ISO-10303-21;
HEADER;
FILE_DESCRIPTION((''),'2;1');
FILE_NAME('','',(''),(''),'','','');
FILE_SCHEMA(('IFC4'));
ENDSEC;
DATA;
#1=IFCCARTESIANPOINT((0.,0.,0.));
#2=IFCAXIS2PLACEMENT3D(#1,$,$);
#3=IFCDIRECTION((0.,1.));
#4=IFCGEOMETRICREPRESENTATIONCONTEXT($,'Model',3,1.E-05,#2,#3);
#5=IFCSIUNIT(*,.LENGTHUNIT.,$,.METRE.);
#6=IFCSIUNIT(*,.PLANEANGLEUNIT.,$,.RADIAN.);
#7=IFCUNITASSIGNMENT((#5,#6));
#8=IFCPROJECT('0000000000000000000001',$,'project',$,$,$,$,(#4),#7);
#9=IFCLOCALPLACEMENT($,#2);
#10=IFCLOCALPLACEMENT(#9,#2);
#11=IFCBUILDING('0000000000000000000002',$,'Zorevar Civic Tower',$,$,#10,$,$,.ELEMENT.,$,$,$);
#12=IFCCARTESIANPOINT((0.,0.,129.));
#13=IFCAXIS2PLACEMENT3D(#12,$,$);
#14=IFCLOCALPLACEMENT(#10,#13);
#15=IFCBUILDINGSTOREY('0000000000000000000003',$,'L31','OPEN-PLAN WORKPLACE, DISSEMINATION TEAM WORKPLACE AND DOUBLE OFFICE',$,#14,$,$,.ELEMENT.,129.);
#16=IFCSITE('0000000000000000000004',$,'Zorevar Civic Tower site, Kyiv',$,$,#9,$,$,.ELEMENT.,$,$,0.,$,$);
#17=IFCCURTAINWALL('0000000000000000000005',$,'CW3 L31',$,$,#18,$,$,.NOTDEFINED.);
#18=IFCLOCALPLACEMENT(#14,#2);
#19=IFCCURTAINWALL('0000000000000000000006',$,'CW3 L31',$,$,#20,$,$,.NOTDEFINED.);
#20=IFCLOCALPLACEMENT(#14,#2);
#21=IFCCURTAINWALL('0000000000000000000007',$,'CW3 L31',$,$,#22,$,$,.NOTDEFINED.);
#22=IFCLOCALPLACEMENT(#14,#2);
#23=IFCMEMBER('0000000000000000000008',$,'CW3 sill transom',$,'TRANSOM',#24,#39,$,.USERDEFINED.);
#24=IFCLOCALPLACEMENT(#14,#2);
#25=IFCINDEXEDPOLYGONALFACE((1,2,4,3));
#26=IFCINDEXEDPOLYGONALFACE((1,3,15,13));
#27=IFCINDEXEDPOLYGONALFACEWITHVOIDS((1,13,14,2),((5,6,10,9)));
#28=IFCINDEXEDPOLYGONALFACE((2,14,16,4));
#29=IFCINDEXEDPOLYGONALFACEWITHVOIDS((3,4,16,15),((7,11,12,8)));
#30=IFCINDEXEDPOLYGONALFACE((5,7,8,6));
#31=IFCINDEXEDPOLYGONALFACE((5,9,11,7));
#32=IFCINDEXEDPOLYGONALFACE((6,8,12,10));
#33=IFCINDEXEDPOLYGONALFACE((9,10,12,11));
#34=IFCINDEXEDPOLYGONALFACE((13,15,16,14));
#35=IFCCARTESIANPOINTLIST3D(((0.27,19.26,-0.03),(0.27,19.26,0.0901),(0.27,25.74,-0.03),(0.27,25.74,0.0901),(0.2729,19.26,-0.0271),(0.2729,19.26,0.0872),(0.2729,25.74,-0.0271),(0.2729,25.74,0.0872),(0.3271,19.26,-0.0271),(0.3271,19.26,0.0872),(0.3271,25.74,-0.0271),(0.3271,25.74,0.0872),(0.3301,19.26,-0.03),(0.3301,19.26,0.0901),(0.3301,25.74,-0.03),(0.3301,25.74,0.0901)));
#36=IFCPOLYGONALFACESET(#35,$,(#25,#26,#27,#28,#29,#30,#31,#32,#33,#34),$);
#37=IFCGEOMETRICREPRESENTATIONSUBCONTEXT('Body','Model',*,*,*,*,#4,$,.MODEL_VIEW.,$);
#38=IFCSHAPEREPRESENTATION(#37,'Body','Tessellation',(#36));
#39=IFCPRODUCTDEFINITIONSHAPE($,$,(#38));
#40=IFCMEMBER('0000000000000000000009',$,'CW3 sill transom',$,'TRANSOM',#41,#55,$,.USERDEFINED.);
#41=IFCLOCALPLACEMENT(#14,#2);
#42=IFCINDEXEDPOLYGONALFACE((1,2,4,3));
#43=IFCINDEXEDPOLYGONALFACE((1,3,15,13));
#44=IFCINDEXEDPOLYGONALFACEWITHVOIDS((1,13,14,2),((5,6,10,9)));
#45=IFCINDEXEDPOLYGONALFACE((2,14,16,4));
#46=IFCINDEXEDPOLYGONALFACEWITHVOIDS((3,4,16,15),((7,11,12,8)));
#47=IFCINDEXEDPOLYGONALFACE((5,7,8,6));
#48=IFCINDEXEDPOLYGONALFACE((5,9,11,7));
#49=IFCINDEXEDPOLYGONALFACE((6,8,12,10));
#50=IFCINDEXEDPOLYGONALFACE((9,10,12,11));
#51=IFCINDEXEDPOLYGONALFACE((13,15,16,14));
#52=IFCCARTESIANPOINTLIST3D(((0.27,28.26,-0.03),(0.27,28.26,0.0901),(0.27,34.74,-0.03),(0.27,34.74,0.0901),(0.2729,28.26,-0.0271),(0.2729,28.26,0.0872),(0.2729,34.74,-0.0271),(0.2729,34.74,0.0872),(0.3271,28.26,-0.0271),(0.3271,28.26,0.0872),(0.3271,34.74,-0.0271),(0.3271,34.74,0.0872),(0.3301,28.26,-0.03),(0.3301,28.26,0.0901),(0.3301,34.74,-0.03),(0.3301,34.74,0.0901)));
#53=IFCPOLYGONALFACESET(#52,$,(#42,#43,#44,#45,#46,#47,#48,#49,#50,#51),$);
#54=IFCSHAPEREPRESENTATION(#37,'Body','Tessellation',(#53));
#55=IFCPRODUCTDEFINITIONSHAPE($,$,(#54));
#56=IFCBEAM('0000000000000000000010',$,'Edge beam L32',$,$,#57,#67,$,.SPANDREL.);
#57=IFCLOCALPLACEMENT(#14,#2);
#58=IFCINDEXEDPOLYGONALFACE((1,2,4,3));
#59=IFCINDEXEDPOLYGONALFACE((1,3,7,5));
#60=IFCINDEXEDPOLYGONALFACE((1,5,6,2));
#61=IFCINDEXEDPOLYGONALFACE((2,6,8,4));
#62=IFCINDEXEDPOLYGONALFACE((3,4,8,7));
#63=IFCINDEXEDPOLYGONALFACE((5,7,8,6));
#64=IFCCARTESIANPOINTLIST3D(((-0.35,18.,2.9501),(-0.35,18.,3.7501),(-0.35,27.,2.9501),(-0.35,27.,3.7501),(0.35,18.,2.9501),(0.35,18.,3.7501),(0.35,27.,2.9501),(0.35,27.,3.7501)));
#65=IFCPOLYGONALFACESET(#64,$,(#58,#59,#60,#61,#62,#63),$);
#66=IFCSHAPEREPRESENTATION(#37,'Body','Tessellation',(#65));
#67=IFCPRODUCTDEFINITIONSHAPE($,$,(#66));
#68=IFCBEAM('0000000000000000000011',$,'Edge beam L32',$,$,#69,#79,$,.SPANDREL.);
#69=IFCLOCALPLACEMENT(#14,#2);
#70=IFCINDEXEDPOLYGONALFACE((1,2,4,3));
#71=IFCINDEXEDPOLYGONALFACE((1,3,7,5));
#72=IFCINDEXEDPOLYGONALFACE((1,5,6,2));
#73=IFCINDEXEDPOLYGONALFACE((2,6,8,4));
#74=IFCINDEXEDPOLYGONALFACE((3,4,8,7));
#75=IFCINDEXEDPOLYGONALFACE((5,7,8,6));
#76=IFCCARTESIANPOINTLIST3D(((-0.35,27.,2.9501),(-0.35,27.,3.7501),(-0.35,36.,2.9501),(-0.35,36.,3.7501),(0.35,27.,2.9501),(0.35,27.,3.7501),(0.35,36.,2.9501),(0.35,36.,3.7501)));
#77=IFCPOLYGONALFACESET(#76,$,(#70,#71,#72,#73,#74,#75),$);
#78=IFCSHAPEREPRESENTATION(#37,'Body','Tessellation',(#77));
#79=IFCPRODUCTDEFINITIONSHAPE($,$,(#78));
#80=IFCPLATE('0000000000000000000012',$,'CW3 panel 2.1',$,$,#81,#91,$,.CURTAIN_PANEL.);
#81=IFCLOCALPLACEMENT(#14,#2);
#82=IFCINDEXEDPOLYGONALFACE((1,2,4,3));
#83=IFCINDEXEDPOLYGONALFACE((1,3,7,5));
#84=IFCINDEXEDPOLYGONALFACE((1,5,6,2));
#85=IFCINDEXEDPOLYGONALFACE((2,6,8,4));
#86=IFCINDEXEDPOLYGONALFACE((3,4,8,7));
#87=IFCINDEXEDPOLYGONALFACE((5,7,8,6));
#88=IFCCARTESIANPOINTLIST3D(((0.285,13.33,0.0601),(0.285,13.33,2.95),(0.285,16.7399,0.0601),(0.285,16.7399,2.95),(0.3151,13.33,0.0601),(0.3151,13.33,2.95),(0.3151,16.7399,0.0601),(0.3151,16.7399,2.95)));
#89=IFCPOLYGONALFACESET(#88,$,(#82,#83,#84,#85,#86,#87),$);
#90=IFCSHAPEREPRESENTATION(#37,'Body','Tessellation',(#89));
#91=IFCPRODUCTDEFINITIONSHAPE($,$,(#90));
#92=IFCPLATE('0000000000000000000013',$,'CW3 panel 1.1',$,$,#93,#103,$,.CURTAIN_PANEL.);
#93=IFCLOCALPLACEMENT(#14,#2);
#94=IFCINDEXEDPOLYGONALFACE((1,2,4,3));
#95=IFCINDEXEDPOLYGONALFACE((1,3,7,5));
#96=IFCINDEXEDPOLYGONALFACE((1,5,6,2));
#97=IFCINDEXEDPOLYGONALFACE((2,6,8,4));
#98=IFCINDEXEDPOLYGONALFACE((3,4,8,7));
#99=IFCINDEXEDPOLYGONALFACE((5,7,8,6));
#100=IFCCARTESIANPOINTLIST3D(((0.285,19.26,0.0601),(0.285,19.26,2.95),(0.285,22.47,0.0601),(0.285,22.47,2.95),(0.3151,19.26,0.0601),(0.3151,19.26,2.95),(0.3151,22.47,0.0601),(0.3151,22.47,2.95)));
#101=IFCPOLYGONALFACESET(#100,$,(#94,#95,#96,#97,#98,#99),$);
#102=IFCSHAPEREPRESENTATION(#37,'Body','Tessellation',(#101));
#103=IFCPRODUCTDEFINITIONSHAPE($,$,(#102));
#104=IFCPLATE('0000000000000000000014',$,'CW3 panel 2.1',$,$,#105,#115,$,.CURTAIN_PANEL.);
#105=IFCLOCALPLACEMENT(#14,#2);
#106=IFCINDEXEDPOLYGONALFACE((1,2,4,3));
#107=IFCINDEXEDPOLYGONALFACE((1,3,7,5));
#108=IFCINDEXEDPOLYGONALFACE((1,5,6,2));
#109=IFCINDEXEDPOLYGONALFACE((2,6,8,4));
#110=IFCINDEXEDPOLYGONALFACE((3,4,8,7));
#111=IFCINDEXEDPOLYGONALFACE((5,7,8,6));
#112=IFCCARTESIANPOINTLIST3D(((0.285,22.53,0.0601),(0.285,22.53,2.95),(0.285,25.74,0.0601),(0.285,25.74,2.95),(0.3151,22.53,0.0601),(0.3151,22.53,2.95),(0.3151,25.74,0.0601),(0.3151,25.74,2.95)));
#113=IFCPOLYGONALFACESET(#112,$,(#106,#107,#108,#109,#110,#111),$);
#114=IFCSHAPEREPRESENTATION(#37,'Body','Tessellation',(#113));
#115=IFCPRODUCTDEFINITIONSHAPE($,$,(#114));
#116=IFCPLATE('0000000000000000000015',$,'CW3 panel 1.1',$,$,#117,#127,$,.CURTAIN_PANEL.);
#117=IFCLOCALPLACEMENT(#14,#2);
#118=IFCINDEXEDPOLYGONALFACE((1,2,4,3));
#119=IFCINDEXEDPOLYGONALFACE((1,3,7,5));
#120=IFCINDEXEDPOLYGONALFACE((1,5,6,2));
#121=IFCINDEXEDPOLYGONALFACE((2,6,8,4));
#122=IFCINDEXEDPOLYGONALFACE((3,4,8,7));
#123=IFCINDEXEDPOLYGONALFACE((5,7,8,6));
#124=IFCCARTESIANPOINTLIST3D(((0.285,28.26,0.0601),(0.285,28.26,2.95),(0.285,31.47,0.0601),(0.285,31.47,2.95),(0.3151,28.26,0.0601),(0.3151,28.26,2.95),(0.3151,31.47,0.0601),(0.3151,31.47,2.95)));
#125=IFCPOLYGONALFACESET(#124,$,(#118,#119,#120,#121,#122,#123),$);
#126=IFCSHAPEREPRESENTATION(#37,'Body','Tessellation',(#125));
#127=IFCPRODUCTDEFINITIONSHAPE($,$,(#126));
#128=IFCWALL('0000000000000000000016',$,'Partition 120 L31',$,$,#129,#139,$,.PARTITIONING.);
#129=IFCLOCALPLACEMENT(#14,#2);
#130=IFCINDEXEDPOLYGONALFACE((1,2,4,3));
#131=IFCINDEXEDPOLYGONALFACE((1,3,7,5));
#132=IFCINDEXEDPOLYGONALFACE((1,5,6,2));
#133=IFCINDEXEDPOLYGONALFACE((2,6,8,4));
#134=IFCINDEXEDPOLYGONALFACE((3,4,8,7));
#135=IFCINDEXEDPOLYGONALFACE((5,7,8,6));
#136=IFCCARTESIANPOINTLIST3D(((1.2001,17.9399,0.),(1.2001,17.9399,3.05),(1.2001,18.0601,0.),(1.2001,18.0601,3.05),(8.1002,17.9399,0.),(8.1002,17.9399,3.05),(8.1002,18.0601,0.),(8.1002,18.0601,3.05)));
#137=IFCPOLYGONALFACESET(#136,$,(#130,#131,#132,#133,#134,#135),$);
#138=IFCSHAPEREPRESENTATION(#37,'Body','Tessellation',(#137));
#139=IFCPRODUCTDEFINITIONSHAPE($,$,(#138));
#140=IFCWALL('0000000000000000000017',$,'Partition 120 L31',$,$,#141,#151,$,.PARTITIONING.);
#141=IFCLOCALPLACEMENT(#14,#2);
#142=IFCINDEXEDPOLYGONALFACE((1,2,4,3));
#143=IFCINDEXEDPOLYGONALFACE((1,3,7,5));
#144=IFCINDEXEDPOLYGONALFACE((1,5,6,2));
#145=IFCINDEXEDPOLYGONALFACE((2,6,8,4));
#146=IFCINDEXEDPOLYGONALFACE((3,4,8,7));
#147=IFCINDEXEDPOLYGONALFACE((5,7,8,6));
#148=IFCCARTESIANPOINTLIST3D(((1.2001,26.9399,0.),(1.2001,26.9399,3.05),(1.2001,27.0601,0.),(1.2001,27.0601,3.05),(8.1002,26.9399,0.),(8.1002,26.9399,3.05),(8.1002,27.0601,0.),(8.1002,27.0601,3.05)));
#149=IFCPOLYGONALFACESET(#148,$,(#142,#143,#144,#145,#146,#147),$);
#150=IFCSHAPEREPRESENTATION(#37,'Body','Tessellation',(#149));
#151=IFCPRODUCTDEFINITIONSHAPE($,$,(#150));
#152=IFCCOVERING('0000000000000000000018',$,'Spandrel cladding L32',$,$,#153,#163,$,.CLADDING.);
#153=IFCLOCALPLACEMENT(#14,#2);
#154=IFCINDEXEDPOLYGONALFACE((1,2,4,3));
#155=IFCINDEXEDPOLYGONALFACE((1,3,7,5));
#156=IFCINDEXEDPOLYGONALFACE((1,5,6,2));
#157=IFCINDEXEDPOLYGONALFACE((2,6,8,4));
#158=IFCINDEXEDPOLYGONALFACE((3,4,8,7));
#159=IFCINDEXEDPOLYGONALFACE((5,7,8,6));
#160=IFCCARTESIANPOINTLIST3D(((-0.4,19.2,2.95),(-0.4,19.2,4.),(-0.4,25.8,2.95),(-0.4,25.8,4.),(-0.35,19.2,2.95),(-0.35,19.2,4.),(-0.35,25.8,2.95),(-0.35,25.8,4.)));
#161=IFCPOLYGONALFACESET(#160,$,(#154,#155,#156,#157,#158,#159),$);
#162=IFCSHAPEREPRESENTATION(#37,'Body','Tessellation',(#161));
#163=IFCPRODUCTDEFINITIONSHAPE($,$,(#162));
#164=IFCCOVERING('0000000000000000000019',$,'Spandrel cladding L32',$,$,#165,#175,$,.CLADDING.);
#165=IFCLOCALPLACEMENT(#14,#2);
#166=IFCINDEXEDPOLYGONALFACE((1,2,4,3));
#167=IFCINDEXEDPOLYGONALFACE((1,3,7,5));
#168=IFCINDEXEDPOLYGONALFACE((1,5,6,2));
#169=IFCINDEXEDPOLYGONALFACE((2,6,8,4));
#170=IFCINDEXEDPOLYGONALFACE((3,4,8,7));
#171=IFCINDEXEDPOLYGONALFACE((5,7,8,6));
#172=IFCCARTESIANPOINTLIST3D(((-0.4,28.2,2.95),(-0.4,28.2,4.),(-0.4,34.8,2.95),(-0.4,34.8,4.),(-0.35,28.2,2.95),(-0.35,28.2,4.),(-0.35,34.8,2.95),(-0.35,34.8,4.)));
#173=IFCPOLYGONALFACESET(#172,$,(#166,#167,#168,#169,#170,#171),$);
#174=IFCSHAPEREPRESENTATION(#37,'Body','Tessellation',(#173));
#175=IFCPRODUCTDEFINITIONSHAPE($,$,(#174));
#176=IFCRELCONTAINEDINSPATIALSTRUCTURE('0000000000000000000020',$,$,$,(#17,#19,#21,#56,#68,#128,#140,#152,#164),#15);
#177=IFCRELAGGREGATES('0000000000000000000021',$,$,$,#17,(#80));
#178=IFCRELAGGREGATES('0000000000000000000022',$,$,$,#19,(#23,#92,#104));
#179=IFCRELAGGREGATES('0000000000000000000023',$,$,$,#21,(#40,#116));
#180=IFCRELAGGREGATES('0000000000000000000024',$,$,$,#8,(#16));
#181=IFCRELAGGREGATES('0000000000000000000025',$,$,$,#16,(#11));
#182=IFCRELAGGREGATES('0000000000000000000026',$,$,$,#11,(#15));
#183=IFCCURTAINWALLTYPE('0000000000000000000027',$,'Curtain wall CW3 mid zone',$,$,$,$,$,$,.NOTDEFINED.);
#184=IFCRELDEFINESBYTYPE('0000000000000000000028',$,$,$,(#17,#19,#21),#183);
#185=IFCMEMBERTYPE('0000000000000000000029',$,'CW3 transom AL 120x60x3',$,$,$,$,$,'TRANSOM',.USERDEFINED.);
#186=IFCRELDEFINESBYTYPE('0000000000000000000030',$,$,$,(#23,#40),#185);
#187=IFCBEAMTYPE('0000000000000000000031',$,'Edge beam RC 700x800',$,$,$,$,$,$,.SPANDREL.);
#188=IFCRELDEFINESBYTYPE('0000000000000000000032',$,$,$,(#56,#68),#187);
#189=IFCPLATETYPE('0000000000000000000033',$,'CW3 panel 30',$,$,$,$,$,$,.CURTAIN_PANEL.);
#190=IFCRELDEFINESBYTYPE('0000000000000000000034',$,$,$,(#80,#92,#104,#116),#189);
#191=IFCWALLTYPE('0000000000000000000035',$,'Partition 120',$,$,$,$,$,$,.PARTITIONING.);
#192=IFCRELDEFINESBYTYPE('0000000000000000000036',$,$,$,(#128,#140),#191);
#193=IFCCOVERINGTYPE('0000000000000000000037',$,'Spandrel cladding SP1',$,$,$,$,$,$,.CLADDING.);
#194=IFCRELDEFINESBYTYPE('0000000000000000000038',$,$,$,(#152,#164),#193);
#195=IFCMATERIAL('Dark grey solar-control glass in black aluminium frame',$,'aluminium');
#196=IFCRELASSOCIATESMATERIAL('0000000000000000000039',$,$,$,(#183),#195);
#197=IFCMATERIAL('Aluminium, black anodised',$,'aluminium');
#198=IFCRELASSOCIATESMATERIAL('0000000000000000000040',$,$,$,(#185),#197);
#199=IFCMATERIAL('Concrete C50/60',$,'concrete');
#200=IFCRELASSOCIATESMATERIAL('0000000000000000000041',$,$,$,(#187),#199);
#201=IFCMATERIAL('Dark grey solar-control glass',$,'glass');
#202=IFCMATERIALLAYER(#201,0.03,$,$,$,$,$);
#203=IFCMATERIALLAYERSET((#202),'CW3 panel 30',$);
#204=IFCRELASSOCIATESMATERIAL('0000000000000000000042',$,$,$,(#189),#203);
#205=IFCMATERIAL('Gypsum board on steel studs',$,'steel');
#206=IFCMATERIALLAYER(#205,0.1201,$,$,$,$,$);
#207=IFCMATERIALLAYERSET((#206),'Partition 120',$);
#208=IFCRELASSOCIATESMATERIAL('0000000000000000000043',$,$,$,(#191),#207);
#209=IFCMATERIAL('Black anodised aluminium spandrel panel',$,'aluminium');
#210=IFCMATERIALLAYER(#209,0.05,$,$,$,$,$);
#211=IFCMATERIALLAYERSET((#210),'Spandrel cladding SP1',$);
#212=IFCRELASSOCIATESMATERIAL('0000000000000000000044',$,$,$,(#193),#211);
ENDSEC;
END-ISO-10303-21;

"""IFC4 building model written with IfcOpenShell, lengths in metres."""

from ifc_helpers import new_model, si_unit, direction, frame, frame_2d, origin, origin_2d, place, context, subcontext, project, spatial, rectangle, hollow_rectangle, extrude, material, layer, layer_set, material_profile, profile_set, type_object, element, aggregate, save


model = new_model("IFC4")

# Units and contexts
model_context = context("Model", 3, precision=1e-05, world=origin(), true_north=direction((0.0, 1.0)))
body_context = subcontext(model_context, "Body", "Model", "MODEL_VIEW")
ifc_project = project(units=[si_unit("LENGTHUNIT", "METRE"), si_unit("PLANEANGLEUNIT", "RADIAN")], contexts=[model_context])

# Site, building, storey
site_placement = place(None, origin())
site = spatial("IfcSite", under=ifc_project, at=site_placement, Name="Zorevar Civic Tower site, Kyiv", CompositionType="ELEMENT", RefElevation=0.0)
building_placement = place(site_placement, origin())
building = spatial("IfcBuilding", under=site, at=building_placement, Name="Zorevar Civic Tower", CompositionType="ELEMENT")
storey_placement = place(building_placement, frame((0.0, 0.0, 129.0)))
storey = spatial("IfcBuildingStorey", under=building, at=storey_placement, Name="L31", Description="OPEN-PLAN WORKPLACE, DISSEMINATION TEAM WORKPLACE AND DOUBLE OFFICE", CompositionType="ELEMENT", Elevation=129.0)

# Curtain wall
ifc_material_1 = material(Name="Dark grey solar-control glass in black aluminium frame", Category="aluminium")
curtain_wall_type = type_object("IfcCurtainWallType", Name="Curtain wall CW3 mid zone", PredefinedType="NOTDEFINED", material=ifc_material_1)
curtain_wall_1_placement = place(storey_placement, origin())
curtain_wall_1 = element("IfcCurtainWall", 1, at=curtain_wall_1_placement, inside=storey, type_object=curtain_wall_type, Name="CW3 L31", PredefinedType="NOTDEFINED")

# Curtain wall
curtain_wall_2_placement = place(storey_placement, origin())
curtain_wall_2 = element("IfcCurtainWall", 2, at=curtain_wall_2_placement, inside=storey, type_object=curtain_wall_type, Name="CW3 L31", PredefinedType="NOTDEFINED")

# Curtain wall
curtain_wall_3_placement = place(storey_placement, origin())
curtain_wall_3 = element("IfcCurtainWall", 3, at=curtain_wall_3_placement, inside=storey, type_object=curtain_wall_type, Name="CW3 L31", PredefinedType="NOTDEFINED")

# Members
ifc_material_2 = material(Name="Aluminium, black anodised", Category="aluminium")
ifc_material_profile_1 = material_profile(ifc_material_2, hollow_rectangle(XDim=0.0601, YDim=0.1201, WallThickness=0.0029, at=origin_2d()), Name="AL 120x60x3")
ifc_profile_set_1 = profile_set([ifc_material_profile_1], Name="Aluminium, black anodised")
member_type_1 = type_object("IfcMemberType", Name="CW3 transom AL 120x60x3", ElementType="TRANSOM", PredefinedType="USERDEFINED", material=ifc_profile_set_1)
member_1_placement = place(storey_placement, frame((0.3, 19.26, 0.03), z_axis=(0.0, 1.0, 0.0), x_axis=(-1.0, 0.0, 0.0)))
member_1 = element("IfcMember", 4, at=member_1_placement, type_object=member_type_1, Name="CW3 sill transom", ObjectType="TRANSOM", PredefinedType="USERDEFINED", context=body_context, shape_type="SweptSolid", body=[
    extrude(hollow_rectangle(XDim=0.0601, YDim=0.1201, WallThickness=0.0029, at=origin_2d()), origin(), (0.0, 0.0, 1.0), 6.48),
])
member_2_placement = place(storey_placement, frame((0.3, 28.26, 0.03), z_axis=(0.0, 1.0, 0.0), x_axis=(-1.0, 0.0, 0.0)))
member_2 = element("IfcMember", 5, at=member_2_placement, type_object=member_type_1, Name="CW3 sill transom", ObjectType="TRANSOM", PredefinedType="USERDEFINED", context=body_context, shape_type="SweptSolid", body=[
    extrude(hollow_rectangle(XDim=0.0601, YDim=0.1201, WallThickness=0.0029, at=origin_2d()), origin(), (0.0, 0.0, 1.0), 6.48),
])

# Beams
ifc_material_3 = material(Name="Concrete C50/60", Category="concrete")
ifc_material_profile_2 = material_profile(ifc_material_3, rectangle(XDim=0.7, YDim=0.8, at=origin_2d()), Name="RC 700x800")
ifc_profile_set_2 = profile_set([ifc_material_profile_2], Name="Concrete C50/60")
beam_type_1 = type_object("IfcBeamType", Name="Edge beam RC 700x800", PredefinedType="SPANDREL", material=ifc_profile_set_2)
for number, where, z_axis, x_axis, name in (
    (6, (0.0, 18.0, 3.3501), (0.0, 1.0, 0.0), (-1.0, 0.0, 0.0), "Edge beam L32"),
    (7, (0.0, 27.0, 3.3501), (0.0, 1.0, 0.0), (-1.0, 0.0, 0.0), "Edge beam L32"),
):
    element("IfcBeam", number, at=place(storey_placement, frame(where, z_axis=z_axis, x_axis=x_axis)), inside=storey, type_object=beam_type_1, Name=name, PredefinedType="SPANDREL", context=body_context, shape_type="SweptSolid", body=[
        extrude(rectangle(XDim=0.7, YDim=0.8, at=origin_2d()), origin(), (0.0, 0.0, 1.0), 9.0),
    ])

# Plates
ifc_material_4 = material(Name="Dark grey solar-control glass", Category="glass")
ifc_layer_1 = layer(ifc_material_4, 0.03)
ifc_layer_set_1 = layer_set([ifc_layer_1], Name="CW3 panel 30")
plate_type = type_object("IfcPlateType", Name="CW3 panel 30", PredefinedType="CURTAIN_PANEL", material=ifc_layer_set_1)
plate_1_placement = place(storey_placement, frame((0.3, 15.0349, 0.0601), z_axis=(0.0, 0.0, 1.0), x_axis=(0.0, 1.0, 0.0)))
plate_1 = element("IfcPlate", 8, at=plate_1_placement, type_object=plate_type, Name="CW3 panel 2.1", PredefinedType="CURTAIN_PANEL", context=body_context, shape_type="SweptSolid", body=[
    extrude(rectangle(XDim=3.4099, YDim=0.03, at=origin_2d()), origin(), (0.0, 0.0, 1.0), 2.8899),
])
aggregate(curtain_wall_1, [plate_1])
plate_2_placement = place(storey_placement, frame((0.3, 20.865, 0.0601), z_axis=(0.0, 0.0, 1.0), x_axis=(0.0, 1.0, 0.0)))
plate_2 = element("IfcPlate", 9, at=plate_2_placement, type_object=plate_type, Name="CW3 panel 1.1", PredefinedType="CURTAIN_PANEL", context=body_context, shape_type="SweptSolid", body=[
    extrude(rectangle(XDim=3.21, YDim=0.03, at=origin_2d()), origin(), (0.0, 0.0, 1.0), 2.8899),
])
plate_3_placement = place(storey_placement, frame((0.3, 24.135, 0.0601), z_axis=(0.0, 0.0, 1.0), x_axis=(0.0, 1.0, 0.0)))
plate_3 = element("IfcPlate", 10, at=plate_3_placement, type_object=plate_type, Name="CW3 panel 2.1", PredefinedType="CURTAIN_PANEL", context=body_context, shape_type="SweptSolid", body=[
    extrude(rectangle(XDim=3.21, YDim=0.03, at=origin_2d()), origin(), (0.0, 0.0, 1.0), 2.8899),
])
aggregate(curtain_wall_2, [member_1, plate_2, plate_3])
plate_4_placement = place(storey_placement, frame((0.3, 29.865, 0.0601), z_axis=(0.0, 0.0, 1.0), x_axis=(0.0, 1.0, 0.0)))
plate_4 = element("IfcPlate", 11, at=plate_4_placement, type_object=plate_type, Name="CW3 panel 1.1", PredefinedType="CURTAIN_PANEL", context=body_context, shape_type="SweptSolid", body=[
    extrude(rectangle(XDim=3.21, YDim=0.03, at=origin_2d()), origin(), (0.0, 0.0, 1.0), 2.8899),
])
aggregate(curtain_wall_3, [member_2, plate_4])

# Walls
ifc_material_5 = material(Name="Gypsum board on steel studs", Category="steel")
ifc_layer_2 = layer(ifc_material_5, 0.1201)
ifc_layer_set_2 = layer_set([ifc_layer_2], Name="Partition 120")
wall_type = type_object("IfcWallType", Name="Partition 120", PredefinedType="PARTITIONING", material=ifc_layer_set_2)
for number, where, z_axis, x_axis, name in (
    (12, (1.2, 18.0, 0.0), (0.0, 0.0, 1.0), (1.0, 0.0, 0.0), "Partition 120 L31"),
    (13, (1.2, 27.0, 0.0), (0.0, 0.0, 1.0), (1.0, 0.0, 0.0), "Partition 120 L31"),
):
    element("IfcWall", number, at=place(storey_placement, frame(where, z_axis=z_axis, x_axis=x_axis)), inside=storey, type_object=wall_type, Name=name, PredefinedType="PARTITIONING", context=body_context, shape_type="SweptSolid", body=[
        extrude(rectangle(XDim=6.9001, YDim=0.1201, at=frame_2d((3.4502, 0.0))), origin(), (0.0, 0.0, 1.0), 3.05),
    ])

# Coverings
ifc_material_6 = material(Name="Black anodised aluminium spandrel panel", Category="aluminium")
ifc_layer_3 = layer(ifc_material_6, 0.05)
ifc_layer_set_3 = layer_set([ifc_layer_3], Name="Spandrel cladding SP1")
covering_type = type_object("IfcCoveringType", Name="Spandrel cladding SP1", PredefinedType="CLADDING", material=ifc_layer_set_3)
for number, where, z_axis, x_axis, name in (
    (14, (-0.375, 19.2, 2.95), (0.0, 0.0, 1.0), (0.0, 1.0, 0.0), "Spandrel cladding L32"),
    (15, (-0.375, 28.2, 2.95), (0.0, 0.0, 1.0), (0.0, 1.0, 0.0), "Spandrel cladding L32"),
):
    element("IfcCovering", number, at=place(storey_placement, frame(where, z_axis=z_axis, x_axis=x_axis)), inside=storey, type_object=covering_type, Name=name, PredefinedType="CLADDING", context=body_context, shape_type="SweptSolid", body=[
        extrude(rectangle(XDim=6.6001, YDim=0.05, at=frame_2d((3.3, 0.0))), origin(), (0.0, 0.0, 1.0), 1.05),
    ])

save(model, "model.ifc")
